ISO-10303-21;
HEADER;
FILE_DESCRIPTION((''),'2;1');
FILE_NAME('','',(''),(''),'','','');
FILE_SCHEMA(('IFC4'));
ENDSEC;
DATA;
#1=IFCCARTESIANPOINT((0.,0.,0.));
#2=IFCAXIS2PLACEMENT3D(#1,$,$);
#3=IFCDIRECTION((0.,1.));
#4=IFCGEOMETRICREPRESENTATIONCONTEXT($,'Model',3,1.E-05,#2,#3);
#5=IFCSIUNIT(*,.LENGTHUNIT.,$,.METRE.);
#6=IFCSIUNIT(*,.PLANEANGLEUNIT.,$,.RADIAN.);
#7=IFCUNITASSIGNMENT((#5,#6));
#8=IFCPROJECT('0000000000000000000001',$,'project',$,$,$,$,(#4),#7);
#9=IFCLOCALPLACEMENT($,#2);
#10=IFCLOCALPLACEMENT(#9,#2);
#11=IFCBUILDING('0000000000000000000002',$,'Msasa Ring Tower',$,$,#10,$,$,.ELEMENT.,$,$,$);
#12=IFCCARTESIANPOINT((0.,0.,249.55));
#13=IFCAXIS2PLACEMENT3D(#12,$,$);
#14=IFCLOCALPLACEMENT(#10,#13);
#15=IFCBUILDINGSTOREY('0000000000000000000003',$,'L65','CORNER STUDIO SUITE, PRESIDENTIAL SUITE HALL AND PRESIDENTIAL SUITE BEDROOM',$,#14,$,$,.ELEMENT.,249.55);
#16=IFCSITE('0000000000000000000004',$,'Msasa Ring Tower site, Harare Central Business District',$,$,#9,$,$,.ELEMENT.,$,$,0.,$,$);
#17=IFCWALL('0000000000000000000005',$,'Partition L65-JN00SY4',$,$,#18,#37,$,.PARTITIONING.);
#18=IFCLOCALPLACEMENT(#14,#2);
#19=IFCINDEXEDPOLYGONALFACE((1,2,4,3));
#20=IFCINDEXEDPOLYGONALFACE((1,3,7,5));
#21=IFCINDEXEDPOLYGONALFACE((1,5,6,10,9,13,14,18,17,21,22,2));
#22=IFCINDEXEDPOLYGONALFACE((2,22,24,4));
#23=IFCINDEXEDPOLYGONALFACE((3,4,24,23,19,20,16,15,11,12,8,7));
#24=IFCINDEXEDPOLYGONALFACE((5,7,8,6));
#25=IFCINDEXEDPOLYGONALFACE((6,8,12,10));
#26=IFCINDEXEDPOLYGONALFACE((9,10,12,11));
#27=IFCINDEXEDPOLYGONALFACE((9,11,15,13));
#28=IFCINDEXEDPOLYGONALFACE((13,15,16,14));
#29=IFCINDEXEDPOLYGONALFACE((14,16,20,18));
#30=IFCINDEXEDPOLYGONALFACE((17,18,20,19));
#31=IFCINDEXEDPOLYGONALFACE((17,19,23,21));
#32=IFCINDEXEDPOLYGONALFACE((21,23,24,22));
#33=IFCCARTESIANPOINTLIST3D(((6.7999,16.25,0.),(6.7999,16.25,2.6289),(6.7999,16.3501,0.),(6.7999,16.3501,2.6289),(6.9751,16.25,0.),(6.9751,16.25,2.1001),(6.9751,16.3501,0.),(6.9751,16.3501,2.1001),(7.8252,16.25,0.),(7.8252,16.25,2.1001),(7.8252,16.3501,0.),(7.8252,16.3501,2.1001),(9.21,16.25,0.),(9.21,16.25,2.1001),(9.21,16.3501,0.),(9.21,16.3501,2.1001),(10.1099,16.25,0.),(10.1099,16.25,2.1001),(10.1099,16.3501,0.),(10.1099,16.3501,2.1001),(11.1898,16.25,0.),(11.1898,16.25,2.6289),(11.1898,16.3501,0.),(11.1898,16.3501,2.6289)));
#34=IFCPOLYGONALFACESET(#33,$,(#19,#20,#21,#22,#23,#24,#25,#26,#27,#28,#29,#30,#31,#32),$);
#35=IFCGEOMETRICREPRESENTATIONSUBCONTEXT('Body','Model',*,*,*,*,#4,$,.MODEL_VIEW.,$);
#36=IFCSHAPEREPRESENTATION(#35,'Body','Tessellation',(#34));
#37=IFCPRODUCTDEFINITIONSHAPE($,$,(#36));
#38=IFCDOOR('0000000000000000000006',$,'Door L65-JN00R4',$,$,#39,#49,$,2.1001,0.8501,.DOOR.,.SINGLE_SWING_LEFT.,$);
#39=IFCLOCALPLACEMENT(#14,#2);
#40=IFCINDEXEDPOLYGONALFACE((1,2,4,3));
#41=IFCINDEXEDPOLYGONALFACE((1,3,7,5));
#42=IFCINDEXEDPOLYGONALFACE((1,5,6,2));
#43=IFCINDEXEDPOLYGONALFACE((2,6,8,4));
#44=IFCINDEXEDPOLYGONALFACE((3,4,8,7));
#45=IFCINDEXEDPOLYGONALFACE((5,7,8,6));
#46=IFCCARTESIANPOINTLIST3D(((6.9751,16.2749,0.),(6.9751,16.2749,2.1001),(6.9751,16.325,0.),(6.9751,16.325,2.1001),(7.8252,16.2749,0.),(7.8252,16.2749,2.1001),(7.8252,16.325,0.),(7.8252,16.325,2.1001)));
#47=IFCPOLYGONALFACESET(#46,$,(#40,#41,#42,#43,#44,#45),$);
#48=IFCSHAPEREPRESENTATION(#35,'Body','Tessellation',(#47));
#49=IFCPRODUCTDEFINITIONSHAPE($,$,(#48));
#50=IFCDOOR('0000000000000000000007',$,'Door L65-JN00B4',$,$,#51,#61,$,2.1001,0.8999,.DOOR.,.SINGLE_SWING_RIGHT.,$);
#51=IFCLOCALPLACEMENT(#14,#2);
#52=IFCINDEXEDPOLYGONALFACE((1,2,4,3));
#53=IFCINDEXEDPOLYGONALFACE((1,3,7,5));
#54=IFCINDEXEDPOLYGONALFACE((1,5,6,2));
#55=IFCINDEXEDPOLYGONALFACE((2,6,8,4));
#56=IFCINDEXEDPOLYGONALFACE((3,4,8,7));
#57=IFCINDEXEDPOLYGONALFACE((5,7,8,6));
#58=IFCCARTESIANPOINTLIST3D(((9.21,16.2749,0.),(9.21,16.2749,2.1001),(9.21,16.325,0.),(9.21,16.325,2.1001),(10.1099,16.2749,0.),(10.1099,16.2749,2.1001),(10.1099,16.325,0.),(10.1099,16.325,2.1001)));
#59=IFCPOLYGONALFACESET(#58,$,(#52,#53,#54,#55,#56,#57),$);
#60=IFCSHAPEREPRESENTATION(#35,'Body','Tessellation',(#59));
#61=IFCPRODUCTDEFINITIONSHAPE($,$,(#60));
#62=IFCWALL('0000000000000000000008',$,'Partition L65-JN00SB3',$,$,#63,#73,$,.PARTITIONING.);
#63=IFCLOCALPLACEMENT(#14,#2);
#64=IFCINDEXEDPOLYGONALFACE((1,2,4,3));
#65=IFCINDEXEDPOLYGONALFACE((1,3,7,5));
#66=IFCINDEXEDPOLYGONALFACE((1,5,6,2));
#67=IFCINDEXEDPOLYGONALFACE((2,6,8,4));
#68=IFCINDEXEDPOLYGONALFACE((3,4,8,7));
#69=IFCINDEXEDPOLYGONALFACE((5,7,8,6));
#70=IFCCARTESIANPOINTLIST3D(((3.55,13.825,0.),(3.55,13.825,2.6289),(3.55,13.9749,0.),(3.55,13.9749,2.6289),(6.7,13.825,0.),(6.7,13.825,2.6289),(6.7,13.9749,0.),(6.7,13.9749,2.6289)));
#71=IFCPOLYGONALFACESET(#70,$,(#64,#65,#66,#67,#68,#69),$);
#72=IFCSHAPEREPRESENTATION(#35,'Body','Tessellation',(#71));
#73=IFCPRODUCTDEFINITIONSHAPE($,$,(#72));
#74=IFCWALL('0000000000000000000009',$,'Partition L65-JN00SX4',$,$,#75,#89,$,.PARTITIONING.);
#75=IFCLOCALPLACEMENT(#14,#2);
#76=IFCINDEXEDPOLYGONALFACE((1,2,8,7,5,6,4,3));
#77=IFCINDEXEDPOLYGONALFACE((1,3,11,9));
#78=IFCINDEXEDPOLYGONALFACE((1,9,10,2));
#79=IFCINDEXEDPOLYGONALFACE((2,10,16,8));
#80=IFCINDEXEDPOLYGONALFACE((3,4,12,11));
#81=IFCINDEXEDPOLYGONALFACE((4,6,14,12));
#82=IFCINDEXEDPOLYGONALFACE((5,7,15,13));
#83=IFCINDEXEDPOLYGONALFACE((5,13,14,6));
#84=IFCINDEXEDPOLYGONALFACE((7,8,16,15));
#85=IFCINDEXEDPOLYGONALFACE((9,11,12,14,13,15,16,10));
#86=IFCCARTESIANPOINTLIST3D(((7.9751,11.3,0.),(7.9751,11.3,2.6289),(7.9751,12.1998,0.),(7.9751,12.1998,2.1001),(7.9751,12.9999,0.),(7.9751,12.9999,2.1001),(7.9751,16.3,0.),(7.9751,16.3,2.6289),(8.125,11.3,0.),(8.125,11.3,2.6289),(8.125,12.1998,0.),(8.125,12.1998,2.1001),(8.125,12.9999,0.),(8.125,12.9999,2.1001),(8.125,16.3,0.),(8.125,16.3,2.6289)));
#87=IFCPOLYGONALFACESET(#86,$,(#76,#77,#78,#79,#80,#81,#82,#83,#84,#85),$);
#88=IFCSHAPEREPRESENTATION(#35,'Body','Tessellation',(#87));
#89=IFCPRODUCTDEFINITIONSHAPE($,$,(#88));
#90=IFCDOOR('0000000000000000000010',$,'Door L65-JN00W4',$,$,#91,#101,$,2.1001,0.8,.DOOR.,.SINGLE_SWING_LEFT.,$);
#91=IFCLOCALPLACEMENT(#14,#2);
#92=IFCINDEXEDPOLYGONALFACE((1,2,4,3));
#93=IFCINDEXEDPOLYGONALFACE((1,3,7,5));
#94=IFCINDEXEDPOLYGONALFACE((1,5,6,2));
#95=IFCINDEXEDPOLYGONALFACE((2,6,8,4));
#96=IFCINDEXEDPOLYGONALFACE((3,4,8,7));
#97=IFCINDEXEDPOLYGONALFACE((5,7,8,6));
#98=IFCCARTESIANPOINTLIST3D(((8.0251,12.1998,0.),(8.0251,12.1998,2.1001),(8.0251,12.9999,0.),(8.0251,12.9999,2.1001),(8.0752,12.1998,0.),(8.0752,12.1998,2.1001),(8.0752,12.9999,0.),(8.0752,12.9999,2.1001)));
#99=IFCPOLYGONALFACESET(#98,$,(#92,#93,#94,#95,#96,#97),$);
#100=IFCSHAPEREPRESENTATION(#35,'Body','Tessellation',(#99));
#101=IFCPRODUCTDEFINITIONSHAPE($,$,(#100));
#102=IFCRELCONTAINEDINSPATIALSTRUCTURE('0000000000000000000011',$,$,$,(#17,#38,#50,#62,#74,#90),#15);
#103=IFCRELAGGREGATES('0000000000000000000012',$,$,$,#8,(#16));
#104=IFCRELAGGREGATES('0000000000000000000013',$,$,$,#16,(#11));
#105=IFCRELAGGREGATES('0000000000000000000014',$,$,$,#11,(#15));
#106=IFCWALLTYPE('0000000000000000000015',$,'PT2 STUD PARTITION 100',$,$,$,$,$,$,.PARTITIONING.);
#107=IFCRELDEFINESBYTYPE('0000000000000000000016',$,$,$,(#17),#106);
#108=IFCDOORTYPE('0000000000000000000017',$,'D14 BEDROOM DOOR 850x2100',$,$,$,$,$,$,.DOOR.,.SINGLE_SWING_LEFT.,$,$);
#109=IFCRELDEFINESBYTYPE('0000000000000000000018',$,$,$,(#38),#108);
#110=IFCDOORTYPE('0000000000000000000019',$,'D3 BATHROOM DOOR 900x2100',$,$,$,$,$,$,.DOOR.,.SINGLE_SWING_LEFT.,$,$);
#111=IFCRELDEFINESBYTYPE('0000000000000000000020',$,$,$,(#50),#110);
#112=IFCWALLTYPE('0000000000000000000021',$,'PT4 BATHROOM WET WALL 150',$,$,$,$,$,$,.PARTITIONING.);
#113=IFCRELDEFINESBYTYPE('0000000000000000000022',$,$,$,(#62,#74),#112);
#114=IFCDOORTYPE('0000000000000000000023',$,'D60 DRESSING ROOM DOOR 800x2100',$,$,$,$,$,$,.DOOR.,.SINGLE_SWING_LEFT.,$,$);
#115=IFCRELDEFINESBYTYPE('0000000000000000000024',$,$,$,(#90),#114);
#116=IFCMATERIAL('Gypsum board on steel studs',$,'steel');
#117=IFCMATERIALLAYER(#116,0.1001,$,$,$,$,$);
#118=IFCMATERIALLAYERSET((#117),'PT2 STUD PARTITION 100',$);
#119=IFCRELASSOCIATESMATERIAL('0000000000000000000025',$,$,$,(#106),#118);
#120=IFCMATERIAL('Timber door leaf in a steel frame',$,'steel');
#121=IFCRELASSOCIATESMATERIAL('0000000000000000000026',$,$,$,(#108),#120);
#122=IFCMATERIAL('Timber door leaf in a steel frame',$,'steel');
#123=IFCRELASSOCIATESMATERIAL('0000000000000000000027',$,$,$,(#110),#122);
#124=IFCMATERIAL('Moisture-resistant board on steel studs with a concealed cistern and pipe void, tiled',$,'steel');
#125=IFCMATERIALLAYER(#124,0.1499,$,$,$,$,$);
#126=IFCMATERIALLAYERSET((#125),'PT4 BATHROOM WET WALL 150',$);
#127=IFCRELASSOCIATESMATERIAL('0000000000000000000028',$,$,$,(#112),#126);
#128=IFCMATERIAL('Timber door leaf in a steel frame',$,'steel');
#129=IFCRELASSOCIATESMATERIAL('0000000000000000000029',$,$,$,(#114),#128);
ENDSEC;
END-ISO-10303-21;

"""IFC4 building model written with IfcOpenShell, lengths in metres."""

from ifc_helpers import new_model, si_unit, direction, frame, frame_2d, origin, place, context, subcontext, project, spatial, rectangle, extrude, material, layer, layer_set, type_object, element, fill, save


model = new_model("IFC4")

# Units and contexts
model_context = context("Model", 3, precision=1e-05, world=origin(), true_north=direction((0.0, 1.0)))
body_context = subcontext(model_context, "Body", "Model", "MODEL_VIEW")
ifc_project = project(units=[si_unit("LENGTHUNIT", "METRE"), si_unit("PLANEANGLEUNIT", "RADIAN")], contexts=[model_context])

# Site, building, storey
site_placement = place(None, origin())
site = spatial("IfcSite", under=ifc_project, at=site_placement, Name="Msasa Ring Tower site, Harare Central Business District", CompositionType="ELEMENT", RefElevation=0.0)
building_placement = place(site_placement, origin())
building = spatial("IfcBuilding", under=site, at=building_placement, Name="Msasa Ring Tower", CompositionType="ELEMENT")
storey_placement = place(building_placement, frame((0.0, 0.0, 249.55)))
storey = spatial("IfcBuildingStorey", under=building, at=storey_placement, Name="L65", Description="CORNER STUDIO SUITE, PRESIDENTIAL SUITE HALL AND PRESIDENTIAL SUITE BEDROOM", CompositionType="ELEMENT", Elevation=249.55)

# Wall, openings, doors
ifc_material_1 = material(Name="Gypsum board on steel studs", Category="steel")
ifc_layer_1 = layer(ifc_material_1, 0.1001)
ifc_layer_set_1 = layer_set([ifc_layer_1], Name="PT2 STUD PARTITION 100")
wall_type_1 = type_object("IfcWallType", Name="PT2 STUD PARTITION 100", PredefinedType="PARTITIONING", material=ifc_layer_set_1)
ifc_material_2 = material(Name="Timber door leaf in a steel frame", Category="steel")
door_type_1 = type_object("IfcDoorType", Name="D14 BEDROOM DOOR 850x2100", OperationType="SINGLE_SWING_LEFT", PredefinedType="DOOR", material=ifc_material_2)
ifc_material_3 = material(Name="Timber door leaf in a steel frame", Category="steel")
door_type_2 = type_object("IfcDoorType", Name="D3 BATHROOM DOOR 900x2100", OperationType="SINGLE_SWING_LEFT", PredefinedType="DOOR", material=ifc_material_3)
wall_1_placement = place(storey_placement, frame((6.8, 16.3, 0.0), z_axis=(0.0, 0.0, 1.0), x_axis=(1.0, 0.0, 0.0)))
wall_1 = element("IfcWall", 1, at=wall_1_placement, inside=storey, type_object=wall_type_1, Name="Partition L65-JN00SY4", PredefinedType="PARTITIONING", context=body_context, shape_type="SweptSolid", body=[
    extrude(rectangle(XDim=4.3899, YDim=0.1001, at=frame_2d((2.1948, 0.0))), origin(), (0.0, 0.0, 1.0), 2.6289),
])
opening_1_placement = place(wall_1_placement, frame((0.175, 0.0, 0.0)))
opening_1 = element("IfcOpeningElement", 2, at=opening_1_placement, cuts=wall_1, PredefinedType="OPENING", context=body_context, shape_type="SweptSolid", body=[
    extrude(rectangle(XDim=0.8501, YDim=2.1001, at=frame_2d((0.425, 1.05))), frame((0.0, 0.0601, 0.0), z_axis=(0.0, -1.0, 0.0), x_axis=(1.0, 0.0, 0.0)), (0.0, 0.0, 1.0), 0.1201),
])
opening_2_placement = place(wall_1_placement, frame((2.4099, 0.0, 0.0)))
opening_2 = element("IfcOpeningElement", 3, at=opening_2_placement, cuts=wall_1, PredefinedType="OPENING", context=body_context, shape_type="SweptSolid", body=[
    extrude(rectangle(XDim=0.8999, YDim=2.1001, at=frame_2d((0.45, 1.05))), frame((0.0, 0.0601, 0.0), z_axis=(0.0, -1.0, 0.0), x_axis=(1.0, 0.0, 0.0)), (0.0, 0.0, 1.0), 0.1201),
])
door_1_placement = place(opening_1_placement, origin())
door_1 = element("IfcDoor", 4, at=door_1_placement, inside=storey, type_object=door_type_1, Name="Door L65-JN00R4", OperationType="SINGLE_SWING_LEFT", OverallHeight=2.1001, OverallWidth=0.8501, PredefinedType="DOOR", context=body_context, shape_type="SweptSolid", body=[
    extrude(rectangle(XDim=0.8501, YDim=2.1001, at=frame_2d((0.425, 1.05))), frame((0.0, 0.0249, 0.0), z_axis=(0.0, -1.0, 0.0), x_axis=(1.0, 0.0, 0.0)), (0.0, 0.0, 1.0), 0.05),
])
fill(opening_1, door_1)
door_2_placement = place(opening_2_placement, origin())
door_2 = element("IfcDoor", 5, at=door_2_placement, inside=storey, type_object=door_type_2, Name="Door L65-JN00B4", OperationType="SINGLE_SWING_RIGHT", OverallHeight=2.1001, OverallWidth=0.8999, PredefinedType="DOOR", context=body_context, shape_type="SweptSolid", body=[
    extrude(rectangle(XDim=0.8999, YDim=2.1001, at=frame_2d((0.45, 1.05))), frame((0.0, 0.0249, 0.0), z_axis=(0.0, -1.0, 0.0), x_axis=(1.0, 0.0, 0.0)), (0.0, 0.0, 1.0), 0.05),
])
fill(opening_2, door_2)

# Wall
ifc_material_4 = material(Name="Moisture-resistant board on steel studs with a concealed cistern and pipe void, tiled", Category="steel")
ifc_layer_2 = layer(ifc_material_4, 0.1499)
ifc_layer_set_2 = layer_set([ifc_layer_2], Name="PT4 BATHROOM WET WALL 150")
wall_type_2 = type_object("IfcWallType", Name="PT4 BATHROOM WET WALL 150", PredefinedType="PARTITIONING", material=ifc_layer_set_2)
wall_2_placement = place(storey_placement, frame((3.55, 13.8999, 0.0), z_axis=(0.0, 0.0, 1.0), x_axis=(1.0, 0.0, 0.0)))
element("IfcWall", 6, at=wall_2_placement, inside=storey, type_object=wall_type_2, Name="Partition L65-JN00SB3", PredefinedType="PARTITIONING", context=body_context, shape_type="SweptSolid", body=[
    extrude(rectangle(XDim=3.1499, YDim=0.1499, at=frame_2d((1.575, 0.0))), origin(), (0.0, 0.0, 1.0), 2.6289),
])

# Wall, opening, door
wall_3_placement = place(storey_placement, frame((8.05, 11.3, 0.0), z_axis=(0.0, 0.0, 1.0), x_axis=(0.0, 1.0, 0.0)))
wall_3 = element("IfcWall", 7, at=wall_3_placement, inside=storey, type_object=wall_type_2, Name="Partition L65-JN00SX4", PredefinedType="PARTITIONING", context=body_context, shape_type="SweptSolid", body=[
    extrude(rectangle(XDim=5.0, YDim=0.1499, at=frame_2d((2.5, 0.0))), origin(), (0.0, 0.0, 1.0), 2.6289),
])
opening_3_placement = place(wall_3_placement, frame((0.8999, 0.0, 0.0)))
opening_3 = element("IfcOpeningElement", 8, at=opening_3_placement, cuts=wall_3, PredefinedType="OPENING", context=body_context, shape_type="SweptSolid", body=[
    extrude(rectangle(XDim=0.8, YDim=2.1001, at=frame_2d((0.3999, 1.05))), frame((0.0, 0.085, 0.0), z_axis=(0.0, -1.0, 0.0), x_axis=(1.0, 0.0, 0.0)), (0.0, 0.0, 1.0), 0.1699),
])
ifc_material_5 = material(Name="Timber door leaf in a steel frame", Category="steel")
door_type_3 = type_object("IfcDoorType", Name="D60 DRESSING ROOM DOOR 800x2100", OperationType="SINGLE_SWING_LEFT", PredefinedType="DOOR", material=ifc_material_5)
door_3_placement = place(opening_3_placement, origin())
door_3 = element("IfcDoor", 9, at=door_3_placement, inside=storey, type_object=door_type_3, Name="Door L65-JN00W4", OperationType="SINGLE_SWING_LEFT", OverallHeight=2.1001, OverallWidth=0.8, PredefinedType="DOOR", context=body_context, shape_type="SweptSolid", body=[
    extrude(rectangle(XDim=0.8, YDim=2.1001, at=frame_2d((0.3999, 1.05))), frame((0.0, 0.0249, 0.0), z_axis=(0.0, -1.0, 0.0), x_axis=(1.0, 0.0, 0.0)), (0.0, 0.0, 1.0), 0.05),
])
fill(opening_3, door_3)

save(model, "model.ifc")
